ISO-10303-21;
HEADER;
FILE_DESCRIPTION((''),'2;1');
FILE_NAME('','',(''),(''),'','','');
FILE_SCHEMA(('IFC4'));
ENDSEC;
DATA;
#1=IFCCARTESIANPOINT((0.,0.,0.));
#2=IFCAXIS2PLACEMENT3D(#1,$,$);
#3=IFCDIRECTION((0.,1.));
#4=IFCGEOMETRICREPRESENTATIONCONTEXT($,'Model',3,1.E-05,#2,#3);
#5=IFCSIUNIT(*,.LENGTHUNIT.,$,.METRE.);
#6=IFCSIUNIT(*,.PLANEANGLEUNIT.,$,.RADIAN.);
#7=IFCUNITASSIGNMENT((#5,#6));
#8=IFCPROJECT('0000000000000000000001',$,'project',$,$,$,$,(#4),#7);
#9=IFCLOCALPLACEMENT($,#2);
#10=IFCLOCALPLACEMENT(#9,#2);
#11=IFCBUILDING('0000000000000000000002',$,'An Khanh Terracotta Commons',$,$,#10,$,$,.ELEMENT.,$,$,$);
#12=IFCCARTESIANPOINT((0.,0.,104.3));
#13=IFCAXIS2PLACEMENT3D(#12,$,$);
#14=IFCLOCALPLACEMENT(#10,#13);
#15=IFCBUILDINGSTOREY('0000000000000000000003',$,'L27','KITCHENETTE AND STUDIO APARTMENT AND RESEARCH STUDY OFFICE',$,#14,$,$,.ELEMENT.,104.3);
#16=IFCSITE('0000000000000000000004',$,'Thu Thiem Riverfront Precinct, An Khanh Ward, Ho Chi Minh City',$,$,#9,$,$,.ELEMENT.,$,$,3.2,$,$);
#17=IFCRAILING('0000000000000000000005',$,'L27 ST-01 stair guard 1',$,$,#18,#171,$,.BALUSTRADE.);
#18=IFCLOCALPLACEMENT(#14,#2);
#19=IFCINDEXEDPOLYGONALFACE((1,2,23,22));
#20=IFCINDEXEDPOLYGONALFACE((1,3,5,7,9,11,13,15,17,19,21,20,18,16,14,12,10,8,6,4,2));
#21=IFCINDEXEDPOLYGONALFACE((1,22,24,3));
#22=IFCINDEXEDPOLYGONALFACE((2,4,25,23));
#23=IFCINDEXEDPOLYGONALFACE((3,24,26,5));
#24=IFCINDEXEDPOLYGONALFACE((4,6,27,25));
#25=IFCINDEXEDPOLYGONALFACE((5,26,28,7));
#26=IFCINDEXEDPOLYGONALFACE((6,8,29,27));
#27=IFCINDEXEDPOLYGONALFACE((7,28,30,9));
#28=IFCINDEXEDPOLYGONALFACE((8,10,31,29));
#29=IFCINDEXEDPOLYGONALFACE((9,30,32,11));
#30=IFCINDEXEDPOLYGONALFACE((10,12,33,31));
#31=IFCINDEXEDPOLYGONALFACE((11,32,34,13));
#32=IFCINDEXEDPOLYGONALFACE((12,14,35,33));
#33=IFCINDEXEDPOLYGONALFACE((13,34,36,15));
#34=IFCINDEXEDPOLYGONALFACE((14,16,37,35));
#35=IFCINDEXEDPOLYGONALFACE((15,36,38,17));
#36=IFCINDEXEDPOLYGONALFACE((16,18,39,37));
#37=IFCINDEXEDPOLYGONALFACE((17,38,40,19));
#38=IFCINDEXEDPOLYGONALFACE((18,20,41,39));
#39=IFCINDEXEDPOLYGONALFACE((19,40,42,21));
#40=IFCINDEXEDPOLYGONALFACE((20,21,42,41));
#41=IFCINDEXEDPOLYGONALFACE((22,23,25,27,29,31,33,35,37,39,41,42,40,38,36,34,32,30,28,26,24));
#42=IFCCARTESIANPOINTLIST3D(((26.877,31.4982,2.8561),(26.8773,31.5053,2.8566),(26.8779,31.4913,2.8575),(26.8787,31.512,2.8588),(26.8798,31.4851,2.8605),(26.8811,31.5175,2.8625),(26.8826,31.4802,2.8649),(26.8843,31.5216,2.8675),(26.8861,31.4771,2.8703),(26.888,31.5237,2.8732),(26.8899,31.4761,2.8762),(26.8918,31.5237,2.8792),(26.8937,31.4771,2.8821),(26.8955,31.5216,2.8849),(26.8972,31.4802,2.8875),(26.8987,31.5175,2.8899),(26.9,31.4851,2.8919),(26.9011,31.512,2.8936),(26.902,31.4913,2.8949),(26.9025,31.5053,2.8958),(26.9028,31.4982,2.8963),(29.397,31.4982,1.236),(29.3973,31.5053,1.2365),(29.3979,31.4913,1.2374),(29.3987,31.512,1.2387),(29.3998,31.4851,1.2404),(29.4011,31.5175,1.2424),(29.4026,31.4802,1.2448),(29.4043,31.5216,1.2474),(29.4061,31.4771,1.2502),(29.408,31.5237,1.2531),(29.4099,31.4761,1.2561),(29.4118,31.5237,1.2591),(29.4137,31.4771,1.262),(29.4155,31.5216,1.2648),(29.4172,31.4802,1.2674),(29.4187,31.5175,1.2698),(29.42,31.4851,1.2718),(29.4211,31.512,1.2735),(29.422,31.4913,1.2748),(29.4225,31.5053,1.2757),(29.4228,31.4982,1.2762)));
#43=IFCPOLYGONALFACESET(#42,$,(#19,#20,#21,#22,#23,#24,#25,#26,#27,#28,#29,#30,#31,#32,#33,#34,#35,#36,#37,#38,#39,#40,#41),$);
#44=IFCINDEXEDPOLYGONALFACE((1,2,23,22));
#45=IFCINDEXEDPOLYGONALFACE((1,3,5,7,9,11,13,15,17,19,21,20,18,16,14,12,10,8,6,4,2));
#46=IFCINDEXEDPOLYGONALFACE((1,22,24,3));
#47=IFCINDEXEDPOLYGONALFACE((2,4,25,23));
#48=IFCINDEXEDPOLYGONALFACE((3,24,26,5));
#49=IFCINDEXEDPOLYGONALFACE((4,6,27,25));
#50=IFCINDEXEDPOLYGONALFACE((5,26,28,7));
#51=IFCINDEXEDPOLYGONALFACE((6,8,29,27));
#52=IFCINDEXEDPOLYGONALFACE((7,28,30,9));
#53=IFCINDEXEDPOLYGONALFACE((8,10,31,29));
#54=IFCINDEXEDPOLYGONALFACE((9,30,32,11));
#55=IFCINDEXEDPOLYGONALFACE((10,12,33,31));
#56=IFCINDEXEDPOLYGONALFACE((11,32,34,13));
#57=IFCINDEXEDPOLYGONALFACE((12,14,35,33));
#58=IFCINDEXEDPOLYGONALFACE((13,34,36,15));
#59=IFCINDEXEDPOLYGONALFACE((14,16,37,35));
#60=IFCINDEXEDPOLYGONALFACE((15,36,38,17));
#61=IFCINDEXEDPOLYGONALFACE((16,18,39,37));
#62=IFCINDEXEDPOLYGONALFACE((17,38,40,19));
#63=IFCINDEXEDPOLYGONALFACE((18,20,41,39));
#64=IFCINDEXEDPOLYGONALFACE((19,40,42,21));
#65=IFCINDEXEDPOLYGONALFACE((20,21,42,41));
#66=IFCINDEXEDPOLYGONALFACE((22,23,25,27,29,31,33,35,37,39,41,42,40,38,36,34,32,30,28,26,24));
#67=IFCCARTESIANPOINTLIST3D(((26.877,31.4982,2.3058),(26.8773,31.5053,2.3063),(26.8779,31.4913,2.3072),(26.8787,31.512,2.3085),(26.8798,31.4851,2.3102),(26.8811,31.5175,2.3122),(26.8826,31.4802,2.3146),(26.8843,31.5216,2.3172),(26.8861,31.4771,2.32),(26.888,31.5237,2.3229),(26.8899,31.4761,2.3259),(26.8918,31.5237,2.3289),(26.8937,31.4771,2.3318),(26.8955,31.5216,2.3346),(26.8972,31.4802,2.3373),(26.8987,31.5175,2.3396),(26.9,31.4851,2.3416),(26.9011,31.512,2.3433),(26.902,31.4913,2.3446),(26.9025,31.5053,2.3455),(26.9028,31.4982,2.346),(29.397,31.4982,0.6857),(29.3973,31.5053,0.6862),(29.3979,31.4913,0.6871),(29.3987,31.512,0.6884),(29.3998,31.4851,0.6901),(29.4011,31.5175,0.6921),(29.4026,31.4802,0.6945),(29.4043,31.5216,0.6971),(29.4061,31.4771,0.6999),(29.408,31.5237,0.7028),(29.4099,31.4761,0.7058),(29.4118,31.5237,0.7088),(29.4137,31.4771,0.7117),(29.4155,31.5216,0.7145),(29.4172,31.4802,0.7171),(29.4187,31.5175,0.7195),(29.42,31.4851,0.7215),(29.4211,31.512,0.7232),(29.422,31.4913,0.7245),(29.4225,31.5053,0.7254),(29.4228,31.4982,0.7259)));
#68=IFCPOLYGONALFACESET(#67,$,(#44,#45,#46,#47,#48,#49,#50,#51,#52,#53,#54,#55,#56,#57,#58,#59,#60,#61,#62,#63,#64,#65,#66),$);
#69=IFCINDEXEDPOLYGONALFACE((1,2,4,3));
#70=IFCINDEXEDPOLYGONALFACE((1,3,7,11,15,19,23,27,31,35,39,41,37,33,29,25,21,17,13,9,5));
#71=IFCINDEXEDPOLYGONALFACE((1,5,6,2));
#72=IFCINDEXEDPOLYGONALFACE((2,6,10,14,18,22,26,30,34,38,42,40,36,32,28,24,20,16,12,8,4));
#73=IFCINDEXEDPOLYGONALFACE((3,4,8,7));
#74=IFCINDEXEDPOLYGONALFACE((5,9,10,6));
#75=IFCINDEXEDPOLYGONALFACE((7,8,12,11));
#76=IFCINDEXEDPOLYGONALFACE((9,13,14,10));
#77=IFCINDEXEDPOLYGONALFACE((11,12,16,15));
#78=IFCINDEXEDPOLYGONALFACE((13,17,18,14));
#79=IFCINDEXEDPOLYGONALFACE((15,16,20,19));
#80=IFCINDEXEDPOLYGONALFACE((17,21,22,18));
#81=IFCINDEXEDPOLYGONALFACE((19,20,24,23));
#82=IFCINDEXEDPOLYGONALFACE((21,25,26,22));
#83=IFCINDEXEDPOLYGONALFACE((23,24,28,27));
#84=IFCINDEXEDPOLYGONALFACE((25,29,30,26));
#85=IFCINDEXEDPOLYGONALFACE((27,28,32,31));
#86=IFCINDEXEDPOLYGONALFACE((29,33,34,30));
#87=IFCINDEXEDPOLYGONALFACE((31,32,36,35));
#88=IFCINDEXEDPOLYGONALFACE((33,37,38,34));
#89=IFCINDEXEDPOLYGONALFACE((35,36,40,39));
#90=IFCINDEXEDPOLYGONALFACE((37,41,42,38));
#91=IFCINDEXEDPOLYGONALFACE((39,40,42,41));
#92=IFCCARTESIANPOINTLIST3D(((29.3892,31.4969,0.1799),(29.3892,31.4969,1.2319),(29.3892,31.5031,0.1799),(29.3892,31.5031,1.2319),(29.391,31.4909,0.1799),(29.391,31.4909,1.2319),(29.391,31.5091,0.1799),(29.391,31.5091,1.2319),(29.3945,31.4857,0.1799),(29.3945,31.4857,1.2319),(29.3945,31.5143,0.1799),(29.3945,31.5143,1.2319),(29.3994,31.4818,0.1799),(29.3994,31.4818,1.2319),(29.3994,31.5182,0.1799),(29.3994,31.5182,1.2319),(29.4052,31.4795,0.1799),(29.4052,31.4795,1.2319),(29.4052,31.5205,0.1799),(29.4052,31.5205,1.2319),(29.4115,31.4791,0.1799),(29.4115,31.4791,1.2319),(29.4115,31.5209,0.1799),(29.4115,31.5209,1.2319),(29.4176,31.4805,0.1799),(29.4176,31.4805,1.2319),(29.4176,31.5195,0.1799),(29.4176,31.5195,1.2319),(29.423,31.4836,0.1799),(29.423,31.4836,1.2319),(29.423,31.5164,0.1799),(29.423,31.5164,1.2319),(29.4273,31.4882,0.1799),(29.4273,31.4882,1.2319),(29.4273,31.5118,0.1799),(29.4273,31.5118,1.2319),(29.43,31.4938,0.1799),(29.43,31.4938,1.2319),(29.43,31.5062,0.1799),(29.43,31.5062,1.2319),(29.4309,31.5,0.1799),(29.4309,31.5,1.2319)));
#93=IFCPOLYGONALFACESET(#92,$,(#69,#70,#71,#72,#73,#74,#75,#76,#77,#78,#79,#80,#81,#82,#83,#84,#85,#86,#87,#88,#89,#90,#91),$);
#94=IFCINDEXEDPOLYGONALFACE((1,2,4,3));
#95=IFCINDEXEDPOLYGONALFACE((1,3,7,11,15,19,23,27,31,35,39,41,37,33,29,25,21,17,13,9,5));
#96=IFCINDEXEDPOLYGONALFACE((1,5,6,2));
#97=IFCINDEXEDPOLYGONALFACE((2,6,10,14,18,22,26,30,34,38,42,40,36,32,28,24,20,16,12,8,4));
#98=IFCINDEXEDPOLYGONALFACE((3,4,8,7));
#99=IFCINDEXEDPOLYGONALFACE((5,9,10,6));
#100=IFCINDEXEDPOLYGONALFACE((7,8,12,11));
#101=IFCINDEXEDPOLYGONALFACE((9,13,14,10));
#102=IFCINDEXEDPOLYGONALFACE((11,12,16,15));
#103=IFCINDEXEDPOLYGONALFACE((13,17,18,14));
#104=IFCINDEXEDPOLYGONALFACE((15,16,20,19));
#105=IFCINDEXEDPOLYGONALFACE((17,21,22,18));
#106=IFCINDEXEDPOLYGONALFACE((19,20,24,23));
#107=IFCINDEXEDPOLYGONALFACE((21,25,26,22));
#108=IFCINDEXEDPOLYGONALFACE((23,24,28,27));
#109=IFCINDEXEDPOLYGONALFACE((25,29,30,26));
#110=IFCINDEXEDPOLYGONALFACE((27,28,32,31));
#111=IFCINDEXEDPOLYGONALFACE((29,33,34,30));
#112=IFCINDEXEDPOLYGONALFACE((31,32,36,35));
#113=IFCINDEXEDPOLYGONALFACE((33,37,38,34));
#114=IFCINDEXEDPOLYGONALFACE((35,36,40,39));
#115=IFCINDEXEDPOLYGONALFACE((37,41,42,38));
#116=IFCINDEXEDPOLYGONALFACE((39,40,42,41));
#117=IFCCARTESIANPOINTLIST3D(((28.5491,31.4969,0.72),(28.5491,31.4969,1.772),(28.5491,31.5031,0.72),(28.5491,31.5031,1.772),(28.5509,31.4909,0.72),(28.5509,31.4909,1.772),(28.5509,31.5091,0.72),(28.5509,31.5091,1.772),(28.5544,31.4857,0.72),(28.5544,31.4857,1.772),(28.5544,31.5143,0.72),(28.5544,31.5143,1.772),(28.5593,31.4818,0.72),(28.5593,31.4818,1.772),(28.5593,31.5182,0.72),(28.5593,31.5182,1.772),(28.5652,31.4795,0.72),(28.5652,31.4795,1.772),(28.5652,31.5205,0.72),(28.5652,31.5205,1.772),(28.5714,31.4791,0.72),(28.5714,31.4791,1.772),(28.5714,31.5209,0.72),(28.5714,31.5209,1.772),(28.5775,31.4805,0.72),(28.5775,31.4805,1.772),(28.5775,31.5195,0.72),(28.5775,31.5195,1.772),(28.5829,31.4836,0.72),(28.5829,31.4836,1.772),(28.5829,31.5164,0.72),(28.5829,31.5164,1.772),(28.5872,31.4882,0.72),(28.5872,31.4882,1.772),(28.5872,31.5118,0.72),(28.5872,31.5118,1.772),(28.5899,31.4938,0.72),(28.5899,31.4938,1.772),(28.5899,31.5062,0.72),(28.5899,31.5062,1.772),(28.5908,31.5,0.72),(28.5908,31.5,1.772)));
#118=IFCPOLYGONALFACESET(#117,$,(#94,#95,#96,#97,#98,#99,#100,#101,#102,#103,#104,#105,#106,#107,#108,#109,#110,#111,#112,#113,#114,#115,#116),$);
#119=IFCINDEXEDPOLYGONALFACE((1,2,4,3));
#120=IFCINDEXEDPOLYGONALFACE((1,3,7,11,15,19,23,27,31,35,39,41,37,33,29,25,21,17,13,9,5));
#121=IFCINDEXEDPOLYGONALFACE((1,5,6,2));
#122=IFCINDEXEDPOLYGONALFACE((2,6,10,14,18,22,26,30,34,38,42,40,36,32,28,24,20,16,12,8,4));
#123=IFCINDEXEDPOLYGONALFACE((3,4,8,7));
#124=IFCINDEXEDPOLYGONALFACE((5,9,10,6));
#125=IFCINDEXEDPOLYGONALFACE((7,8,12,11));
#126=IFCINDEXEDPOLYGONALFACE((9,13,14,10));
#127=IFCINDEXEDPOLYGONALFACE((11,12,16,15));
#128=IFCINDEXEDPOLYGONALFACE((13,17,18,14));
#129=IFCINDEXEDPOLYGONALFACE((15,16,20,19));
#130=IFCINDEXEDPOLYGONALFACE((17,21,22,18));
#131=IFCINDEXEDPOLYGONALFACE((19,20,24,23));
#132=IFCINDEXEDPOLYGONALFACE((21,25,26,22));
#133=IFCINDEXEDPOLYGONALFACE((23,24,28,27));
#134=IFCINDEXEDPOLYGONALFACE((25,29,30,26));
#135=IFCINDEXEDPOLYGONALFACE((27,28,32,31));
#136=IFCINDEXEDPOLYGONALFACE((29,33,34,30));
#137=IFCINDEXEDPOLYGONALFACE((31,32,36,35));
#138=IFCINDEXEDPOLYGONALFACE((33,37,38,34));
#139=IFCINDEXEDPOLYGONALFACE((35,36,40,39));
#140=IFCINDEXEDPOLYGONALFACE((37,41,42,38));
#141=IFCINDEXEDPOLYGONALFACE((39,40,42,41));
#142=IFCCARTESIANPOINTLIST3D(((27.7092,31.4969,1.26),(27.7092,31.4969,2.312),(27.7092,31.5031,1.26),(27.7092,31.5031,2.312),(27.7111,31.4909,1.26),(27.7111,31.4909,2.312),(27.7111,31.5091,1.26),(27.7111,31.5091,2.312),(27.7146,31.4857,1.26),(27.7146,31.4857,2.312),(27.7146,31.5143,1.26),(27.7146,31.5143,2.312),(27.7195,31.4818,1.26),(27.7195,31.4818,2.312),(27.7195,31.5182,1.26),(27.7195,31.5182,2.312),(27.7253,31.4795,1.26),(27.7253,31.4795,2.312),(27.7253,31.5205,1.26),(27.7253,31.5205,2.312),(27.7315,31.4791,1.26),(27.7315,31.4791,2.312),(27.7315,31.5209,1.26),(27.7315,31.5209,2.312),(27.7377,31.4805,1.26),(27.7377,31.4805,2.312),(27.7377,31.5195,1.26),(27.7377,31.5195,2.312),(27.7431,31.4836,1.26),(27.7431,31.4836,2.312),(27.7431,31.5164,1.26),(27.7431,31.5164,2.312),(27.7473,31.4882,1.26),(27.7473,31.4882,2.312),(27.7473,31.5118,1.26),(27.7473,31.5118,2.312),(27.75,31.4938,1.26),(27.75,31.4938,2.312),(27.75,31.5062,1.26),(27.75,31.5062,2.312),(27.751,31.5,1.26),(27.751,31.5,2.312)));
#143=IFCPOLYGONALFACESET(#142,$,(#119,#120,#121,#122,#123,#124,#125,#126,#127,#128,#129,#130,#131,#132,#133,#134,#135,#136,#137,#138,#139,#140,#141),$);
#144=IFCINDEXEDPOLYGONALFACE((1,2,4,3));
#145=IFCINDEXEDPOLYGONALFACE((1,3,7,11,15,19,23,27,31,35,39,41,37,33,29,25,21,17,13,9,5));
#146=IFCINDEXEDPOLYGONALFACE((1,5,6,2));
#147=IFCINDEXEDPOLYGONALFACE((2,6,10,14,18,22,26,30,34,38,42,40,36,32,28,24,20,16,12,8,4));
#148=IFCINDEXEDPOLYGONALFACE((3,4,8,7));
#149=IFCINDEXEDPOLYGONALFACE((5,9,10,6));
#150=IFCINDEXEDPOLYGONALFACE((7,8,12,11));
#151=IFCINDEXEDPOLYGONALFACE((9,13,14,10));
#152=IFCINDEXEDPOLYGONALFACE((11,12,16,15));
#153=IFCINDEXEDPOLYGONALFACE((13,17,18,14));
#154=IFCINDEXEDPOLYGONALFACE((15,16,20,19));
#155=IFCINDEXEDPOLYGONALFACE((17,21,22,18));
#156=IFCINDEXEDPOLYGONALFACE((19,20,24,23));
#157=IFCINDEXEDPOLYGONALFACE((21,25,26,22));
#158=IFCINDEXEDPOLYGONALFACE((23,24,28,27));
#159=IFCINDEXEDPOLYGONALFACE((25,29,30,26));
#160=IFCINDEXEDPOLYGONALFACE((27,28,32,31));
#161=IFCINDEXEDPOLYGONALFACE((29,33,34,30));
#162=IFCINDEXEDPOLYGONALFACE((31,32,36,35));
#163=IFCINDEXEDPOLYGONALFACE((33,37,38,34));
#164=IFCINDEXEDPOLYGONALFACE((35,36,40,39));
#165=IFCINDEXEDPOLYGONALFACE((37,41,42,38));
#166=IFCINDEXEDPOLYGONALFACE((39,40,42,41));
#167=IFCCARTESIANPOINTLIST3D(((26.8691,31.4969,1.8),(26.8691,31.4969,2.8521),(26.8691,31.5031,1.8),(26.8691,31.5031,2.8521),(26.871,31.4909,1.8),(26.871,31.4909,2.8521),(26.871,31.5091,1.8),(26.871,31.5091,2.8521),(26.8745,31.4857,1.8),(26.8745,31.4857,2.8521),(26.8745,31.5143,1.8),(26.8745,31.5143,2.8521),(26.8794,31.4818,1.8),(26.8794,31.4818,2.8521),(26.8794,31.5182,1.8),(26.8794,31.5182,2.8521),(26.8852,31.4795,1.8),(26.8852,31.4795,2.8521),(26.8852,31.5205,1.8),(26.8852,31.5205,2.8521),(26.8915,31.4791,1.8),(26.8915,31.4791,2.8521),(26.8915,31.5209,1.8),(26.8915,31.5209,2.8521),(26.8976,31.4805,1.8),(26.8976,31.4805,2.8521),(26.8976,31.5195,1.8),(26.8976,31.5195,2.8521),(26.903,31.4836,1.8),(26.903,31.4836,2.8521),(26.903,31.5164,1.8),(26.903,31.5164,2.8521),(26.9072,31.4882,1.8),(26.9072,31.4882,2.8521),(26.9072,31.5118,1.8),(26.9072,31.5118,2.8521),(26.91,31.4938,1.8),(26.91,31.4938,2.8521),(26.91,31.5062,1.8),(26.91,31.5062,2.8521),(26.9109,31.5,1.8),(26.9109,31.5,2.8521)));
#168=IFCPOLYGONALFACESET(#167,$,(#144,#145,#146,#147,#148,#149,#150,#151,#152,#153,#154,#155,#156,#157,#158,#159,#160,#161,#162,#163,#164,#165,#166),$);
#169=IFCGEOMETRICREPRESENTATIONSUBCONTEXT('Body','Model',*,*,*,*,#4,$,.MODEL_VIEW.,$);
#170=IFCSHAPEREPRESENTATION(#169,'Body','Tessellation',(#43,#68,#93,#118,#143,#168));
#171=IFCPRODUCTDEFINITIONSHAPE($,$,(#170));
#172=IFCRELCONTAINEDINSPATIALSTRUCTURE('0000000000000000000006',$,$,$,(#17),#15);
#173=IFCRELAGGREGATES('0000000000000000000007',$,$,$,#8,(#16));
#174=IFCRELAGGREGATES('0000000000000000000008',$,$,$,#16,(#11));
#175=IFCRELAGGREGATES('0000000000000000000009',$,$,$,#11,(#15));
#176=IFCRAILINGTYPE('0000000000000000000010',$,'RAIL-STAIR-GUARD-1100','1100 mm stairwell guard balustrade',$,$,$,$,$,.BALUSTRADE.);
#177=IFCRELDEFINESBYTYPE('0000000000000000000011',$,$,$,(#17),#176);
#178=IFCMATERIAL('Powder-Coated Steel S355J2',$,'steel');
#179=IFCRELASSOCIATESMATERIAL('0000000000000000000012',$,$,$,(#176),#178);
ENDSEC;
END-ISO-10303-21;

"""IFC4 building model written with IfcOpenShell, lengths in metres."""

from ifc_helpers import new_model, si_unit, direction, frame, origin, origin_2d, place, context, subcontext, project, spatial, circle, extrude, material, type_object, element, save


model = new_model("IFC4")

# Units and contexts
model_context = context("Model", 3, precision=1e-05, world=origin(), true_north=direction((0.0, 1.0)))
body_context = subcontext(model_context, "Body", "Model", "MODEL_VIEW")
ifc_project = project(units=[si_unit("LENGTHUNIT", "METRE"), si_unit("PLANEANGLEUNIT", "RADIAN")], contexts=[model_context])

# Site, building, storey
site_placement = place(None, origin())
site = spatial("IfcSite", under=ifc_project, at=site_placement, Name="Thu Thiem Riverfront Precinct, An Khanh Ward, Ho Chi Minh City", CompositionType="ELEMENT", RefElevation=3.2)
building_placement = place(site_placement, origin())
building = spatial("IfcBuilding", under=site, at=building_placement, Name="An Khanh Terracotta Commons", CompositionType="ELEMENT")
storey_placement = place(building_placement, frame((0.0, 0.0, 104.3)))
storey = spatial("IfcBuildingStorey", under=building, at=storey_placement, Name="L27", Description="KITCHENETTE AND STUDIO APARTMENT AND RESEARCH STUDY OFFICE", CompositionType="ELEMENT", Elevation=104.3)

# Railing
ifc_material_1 = material(Name="Powder-Coated Steel S355J2", Category="steel")
railing_type_1 = type_object("IfcRailingType", Name="RAIL-STAIR-GUARD-1100", Description="1100 mm stairwell guard balustrade", PredefinedType="BALUSTRADE", material=ifc_material_1)
railing_1_placement = place(storey_placement, frame((29.4099, 31.5, 0.1799)))
element("IfcRailing", 1, at=railing_1_placement, inside=storey, type_object=railing_type_1, Name="L27 ST-01 stair guard 1", PredefinedType="BALUSTRADE", context=body_context, shape_type="SweptSolid", body=[
    extrude(circle(Radius=0.0239, at=origin_2d()), frame((0.0, 0.0, 1.0762), z_axis=(-0.841163, 0.0, 0.540782), x_axis=(0.0, -1.0, 0.0)), (0.0, 0.0, 1.0), 2.9958),
    extrude(circle(Radius=0.0239, at=origin_2d()), frame((0.0, 0.0, 0.5259), z_axis=(-0.841163, 0.0, 0.540782), x_axis=(0.0, -1.0, 0.0)), (0.0, 0.0, 1.0), 2.9958),
    extrude(circle(Radius=0.021, at=origin_2d()), origin(), (0.0, 0.0, 1.0), 1.052),
    extrude(circle(Radius=0.021, at=origin_2d()), frame((-0.8401, 0.0, 0.54)), (0.0, 0.0, 1.0), 1.052),
    extrude(circle(Radius=0.021, at=origin_2d()), frame((-1.6799, 0.0, 1.0801)), (0.0, 0.0, 1.0), 1.052),
    extrude(circle(Radius=0.021, at=origin_2d()), frame((-2.52, 0.0, 1.6201)), (0.0, 0.0, 1.0), 1.052),
])

save(model, "model.ifc")
